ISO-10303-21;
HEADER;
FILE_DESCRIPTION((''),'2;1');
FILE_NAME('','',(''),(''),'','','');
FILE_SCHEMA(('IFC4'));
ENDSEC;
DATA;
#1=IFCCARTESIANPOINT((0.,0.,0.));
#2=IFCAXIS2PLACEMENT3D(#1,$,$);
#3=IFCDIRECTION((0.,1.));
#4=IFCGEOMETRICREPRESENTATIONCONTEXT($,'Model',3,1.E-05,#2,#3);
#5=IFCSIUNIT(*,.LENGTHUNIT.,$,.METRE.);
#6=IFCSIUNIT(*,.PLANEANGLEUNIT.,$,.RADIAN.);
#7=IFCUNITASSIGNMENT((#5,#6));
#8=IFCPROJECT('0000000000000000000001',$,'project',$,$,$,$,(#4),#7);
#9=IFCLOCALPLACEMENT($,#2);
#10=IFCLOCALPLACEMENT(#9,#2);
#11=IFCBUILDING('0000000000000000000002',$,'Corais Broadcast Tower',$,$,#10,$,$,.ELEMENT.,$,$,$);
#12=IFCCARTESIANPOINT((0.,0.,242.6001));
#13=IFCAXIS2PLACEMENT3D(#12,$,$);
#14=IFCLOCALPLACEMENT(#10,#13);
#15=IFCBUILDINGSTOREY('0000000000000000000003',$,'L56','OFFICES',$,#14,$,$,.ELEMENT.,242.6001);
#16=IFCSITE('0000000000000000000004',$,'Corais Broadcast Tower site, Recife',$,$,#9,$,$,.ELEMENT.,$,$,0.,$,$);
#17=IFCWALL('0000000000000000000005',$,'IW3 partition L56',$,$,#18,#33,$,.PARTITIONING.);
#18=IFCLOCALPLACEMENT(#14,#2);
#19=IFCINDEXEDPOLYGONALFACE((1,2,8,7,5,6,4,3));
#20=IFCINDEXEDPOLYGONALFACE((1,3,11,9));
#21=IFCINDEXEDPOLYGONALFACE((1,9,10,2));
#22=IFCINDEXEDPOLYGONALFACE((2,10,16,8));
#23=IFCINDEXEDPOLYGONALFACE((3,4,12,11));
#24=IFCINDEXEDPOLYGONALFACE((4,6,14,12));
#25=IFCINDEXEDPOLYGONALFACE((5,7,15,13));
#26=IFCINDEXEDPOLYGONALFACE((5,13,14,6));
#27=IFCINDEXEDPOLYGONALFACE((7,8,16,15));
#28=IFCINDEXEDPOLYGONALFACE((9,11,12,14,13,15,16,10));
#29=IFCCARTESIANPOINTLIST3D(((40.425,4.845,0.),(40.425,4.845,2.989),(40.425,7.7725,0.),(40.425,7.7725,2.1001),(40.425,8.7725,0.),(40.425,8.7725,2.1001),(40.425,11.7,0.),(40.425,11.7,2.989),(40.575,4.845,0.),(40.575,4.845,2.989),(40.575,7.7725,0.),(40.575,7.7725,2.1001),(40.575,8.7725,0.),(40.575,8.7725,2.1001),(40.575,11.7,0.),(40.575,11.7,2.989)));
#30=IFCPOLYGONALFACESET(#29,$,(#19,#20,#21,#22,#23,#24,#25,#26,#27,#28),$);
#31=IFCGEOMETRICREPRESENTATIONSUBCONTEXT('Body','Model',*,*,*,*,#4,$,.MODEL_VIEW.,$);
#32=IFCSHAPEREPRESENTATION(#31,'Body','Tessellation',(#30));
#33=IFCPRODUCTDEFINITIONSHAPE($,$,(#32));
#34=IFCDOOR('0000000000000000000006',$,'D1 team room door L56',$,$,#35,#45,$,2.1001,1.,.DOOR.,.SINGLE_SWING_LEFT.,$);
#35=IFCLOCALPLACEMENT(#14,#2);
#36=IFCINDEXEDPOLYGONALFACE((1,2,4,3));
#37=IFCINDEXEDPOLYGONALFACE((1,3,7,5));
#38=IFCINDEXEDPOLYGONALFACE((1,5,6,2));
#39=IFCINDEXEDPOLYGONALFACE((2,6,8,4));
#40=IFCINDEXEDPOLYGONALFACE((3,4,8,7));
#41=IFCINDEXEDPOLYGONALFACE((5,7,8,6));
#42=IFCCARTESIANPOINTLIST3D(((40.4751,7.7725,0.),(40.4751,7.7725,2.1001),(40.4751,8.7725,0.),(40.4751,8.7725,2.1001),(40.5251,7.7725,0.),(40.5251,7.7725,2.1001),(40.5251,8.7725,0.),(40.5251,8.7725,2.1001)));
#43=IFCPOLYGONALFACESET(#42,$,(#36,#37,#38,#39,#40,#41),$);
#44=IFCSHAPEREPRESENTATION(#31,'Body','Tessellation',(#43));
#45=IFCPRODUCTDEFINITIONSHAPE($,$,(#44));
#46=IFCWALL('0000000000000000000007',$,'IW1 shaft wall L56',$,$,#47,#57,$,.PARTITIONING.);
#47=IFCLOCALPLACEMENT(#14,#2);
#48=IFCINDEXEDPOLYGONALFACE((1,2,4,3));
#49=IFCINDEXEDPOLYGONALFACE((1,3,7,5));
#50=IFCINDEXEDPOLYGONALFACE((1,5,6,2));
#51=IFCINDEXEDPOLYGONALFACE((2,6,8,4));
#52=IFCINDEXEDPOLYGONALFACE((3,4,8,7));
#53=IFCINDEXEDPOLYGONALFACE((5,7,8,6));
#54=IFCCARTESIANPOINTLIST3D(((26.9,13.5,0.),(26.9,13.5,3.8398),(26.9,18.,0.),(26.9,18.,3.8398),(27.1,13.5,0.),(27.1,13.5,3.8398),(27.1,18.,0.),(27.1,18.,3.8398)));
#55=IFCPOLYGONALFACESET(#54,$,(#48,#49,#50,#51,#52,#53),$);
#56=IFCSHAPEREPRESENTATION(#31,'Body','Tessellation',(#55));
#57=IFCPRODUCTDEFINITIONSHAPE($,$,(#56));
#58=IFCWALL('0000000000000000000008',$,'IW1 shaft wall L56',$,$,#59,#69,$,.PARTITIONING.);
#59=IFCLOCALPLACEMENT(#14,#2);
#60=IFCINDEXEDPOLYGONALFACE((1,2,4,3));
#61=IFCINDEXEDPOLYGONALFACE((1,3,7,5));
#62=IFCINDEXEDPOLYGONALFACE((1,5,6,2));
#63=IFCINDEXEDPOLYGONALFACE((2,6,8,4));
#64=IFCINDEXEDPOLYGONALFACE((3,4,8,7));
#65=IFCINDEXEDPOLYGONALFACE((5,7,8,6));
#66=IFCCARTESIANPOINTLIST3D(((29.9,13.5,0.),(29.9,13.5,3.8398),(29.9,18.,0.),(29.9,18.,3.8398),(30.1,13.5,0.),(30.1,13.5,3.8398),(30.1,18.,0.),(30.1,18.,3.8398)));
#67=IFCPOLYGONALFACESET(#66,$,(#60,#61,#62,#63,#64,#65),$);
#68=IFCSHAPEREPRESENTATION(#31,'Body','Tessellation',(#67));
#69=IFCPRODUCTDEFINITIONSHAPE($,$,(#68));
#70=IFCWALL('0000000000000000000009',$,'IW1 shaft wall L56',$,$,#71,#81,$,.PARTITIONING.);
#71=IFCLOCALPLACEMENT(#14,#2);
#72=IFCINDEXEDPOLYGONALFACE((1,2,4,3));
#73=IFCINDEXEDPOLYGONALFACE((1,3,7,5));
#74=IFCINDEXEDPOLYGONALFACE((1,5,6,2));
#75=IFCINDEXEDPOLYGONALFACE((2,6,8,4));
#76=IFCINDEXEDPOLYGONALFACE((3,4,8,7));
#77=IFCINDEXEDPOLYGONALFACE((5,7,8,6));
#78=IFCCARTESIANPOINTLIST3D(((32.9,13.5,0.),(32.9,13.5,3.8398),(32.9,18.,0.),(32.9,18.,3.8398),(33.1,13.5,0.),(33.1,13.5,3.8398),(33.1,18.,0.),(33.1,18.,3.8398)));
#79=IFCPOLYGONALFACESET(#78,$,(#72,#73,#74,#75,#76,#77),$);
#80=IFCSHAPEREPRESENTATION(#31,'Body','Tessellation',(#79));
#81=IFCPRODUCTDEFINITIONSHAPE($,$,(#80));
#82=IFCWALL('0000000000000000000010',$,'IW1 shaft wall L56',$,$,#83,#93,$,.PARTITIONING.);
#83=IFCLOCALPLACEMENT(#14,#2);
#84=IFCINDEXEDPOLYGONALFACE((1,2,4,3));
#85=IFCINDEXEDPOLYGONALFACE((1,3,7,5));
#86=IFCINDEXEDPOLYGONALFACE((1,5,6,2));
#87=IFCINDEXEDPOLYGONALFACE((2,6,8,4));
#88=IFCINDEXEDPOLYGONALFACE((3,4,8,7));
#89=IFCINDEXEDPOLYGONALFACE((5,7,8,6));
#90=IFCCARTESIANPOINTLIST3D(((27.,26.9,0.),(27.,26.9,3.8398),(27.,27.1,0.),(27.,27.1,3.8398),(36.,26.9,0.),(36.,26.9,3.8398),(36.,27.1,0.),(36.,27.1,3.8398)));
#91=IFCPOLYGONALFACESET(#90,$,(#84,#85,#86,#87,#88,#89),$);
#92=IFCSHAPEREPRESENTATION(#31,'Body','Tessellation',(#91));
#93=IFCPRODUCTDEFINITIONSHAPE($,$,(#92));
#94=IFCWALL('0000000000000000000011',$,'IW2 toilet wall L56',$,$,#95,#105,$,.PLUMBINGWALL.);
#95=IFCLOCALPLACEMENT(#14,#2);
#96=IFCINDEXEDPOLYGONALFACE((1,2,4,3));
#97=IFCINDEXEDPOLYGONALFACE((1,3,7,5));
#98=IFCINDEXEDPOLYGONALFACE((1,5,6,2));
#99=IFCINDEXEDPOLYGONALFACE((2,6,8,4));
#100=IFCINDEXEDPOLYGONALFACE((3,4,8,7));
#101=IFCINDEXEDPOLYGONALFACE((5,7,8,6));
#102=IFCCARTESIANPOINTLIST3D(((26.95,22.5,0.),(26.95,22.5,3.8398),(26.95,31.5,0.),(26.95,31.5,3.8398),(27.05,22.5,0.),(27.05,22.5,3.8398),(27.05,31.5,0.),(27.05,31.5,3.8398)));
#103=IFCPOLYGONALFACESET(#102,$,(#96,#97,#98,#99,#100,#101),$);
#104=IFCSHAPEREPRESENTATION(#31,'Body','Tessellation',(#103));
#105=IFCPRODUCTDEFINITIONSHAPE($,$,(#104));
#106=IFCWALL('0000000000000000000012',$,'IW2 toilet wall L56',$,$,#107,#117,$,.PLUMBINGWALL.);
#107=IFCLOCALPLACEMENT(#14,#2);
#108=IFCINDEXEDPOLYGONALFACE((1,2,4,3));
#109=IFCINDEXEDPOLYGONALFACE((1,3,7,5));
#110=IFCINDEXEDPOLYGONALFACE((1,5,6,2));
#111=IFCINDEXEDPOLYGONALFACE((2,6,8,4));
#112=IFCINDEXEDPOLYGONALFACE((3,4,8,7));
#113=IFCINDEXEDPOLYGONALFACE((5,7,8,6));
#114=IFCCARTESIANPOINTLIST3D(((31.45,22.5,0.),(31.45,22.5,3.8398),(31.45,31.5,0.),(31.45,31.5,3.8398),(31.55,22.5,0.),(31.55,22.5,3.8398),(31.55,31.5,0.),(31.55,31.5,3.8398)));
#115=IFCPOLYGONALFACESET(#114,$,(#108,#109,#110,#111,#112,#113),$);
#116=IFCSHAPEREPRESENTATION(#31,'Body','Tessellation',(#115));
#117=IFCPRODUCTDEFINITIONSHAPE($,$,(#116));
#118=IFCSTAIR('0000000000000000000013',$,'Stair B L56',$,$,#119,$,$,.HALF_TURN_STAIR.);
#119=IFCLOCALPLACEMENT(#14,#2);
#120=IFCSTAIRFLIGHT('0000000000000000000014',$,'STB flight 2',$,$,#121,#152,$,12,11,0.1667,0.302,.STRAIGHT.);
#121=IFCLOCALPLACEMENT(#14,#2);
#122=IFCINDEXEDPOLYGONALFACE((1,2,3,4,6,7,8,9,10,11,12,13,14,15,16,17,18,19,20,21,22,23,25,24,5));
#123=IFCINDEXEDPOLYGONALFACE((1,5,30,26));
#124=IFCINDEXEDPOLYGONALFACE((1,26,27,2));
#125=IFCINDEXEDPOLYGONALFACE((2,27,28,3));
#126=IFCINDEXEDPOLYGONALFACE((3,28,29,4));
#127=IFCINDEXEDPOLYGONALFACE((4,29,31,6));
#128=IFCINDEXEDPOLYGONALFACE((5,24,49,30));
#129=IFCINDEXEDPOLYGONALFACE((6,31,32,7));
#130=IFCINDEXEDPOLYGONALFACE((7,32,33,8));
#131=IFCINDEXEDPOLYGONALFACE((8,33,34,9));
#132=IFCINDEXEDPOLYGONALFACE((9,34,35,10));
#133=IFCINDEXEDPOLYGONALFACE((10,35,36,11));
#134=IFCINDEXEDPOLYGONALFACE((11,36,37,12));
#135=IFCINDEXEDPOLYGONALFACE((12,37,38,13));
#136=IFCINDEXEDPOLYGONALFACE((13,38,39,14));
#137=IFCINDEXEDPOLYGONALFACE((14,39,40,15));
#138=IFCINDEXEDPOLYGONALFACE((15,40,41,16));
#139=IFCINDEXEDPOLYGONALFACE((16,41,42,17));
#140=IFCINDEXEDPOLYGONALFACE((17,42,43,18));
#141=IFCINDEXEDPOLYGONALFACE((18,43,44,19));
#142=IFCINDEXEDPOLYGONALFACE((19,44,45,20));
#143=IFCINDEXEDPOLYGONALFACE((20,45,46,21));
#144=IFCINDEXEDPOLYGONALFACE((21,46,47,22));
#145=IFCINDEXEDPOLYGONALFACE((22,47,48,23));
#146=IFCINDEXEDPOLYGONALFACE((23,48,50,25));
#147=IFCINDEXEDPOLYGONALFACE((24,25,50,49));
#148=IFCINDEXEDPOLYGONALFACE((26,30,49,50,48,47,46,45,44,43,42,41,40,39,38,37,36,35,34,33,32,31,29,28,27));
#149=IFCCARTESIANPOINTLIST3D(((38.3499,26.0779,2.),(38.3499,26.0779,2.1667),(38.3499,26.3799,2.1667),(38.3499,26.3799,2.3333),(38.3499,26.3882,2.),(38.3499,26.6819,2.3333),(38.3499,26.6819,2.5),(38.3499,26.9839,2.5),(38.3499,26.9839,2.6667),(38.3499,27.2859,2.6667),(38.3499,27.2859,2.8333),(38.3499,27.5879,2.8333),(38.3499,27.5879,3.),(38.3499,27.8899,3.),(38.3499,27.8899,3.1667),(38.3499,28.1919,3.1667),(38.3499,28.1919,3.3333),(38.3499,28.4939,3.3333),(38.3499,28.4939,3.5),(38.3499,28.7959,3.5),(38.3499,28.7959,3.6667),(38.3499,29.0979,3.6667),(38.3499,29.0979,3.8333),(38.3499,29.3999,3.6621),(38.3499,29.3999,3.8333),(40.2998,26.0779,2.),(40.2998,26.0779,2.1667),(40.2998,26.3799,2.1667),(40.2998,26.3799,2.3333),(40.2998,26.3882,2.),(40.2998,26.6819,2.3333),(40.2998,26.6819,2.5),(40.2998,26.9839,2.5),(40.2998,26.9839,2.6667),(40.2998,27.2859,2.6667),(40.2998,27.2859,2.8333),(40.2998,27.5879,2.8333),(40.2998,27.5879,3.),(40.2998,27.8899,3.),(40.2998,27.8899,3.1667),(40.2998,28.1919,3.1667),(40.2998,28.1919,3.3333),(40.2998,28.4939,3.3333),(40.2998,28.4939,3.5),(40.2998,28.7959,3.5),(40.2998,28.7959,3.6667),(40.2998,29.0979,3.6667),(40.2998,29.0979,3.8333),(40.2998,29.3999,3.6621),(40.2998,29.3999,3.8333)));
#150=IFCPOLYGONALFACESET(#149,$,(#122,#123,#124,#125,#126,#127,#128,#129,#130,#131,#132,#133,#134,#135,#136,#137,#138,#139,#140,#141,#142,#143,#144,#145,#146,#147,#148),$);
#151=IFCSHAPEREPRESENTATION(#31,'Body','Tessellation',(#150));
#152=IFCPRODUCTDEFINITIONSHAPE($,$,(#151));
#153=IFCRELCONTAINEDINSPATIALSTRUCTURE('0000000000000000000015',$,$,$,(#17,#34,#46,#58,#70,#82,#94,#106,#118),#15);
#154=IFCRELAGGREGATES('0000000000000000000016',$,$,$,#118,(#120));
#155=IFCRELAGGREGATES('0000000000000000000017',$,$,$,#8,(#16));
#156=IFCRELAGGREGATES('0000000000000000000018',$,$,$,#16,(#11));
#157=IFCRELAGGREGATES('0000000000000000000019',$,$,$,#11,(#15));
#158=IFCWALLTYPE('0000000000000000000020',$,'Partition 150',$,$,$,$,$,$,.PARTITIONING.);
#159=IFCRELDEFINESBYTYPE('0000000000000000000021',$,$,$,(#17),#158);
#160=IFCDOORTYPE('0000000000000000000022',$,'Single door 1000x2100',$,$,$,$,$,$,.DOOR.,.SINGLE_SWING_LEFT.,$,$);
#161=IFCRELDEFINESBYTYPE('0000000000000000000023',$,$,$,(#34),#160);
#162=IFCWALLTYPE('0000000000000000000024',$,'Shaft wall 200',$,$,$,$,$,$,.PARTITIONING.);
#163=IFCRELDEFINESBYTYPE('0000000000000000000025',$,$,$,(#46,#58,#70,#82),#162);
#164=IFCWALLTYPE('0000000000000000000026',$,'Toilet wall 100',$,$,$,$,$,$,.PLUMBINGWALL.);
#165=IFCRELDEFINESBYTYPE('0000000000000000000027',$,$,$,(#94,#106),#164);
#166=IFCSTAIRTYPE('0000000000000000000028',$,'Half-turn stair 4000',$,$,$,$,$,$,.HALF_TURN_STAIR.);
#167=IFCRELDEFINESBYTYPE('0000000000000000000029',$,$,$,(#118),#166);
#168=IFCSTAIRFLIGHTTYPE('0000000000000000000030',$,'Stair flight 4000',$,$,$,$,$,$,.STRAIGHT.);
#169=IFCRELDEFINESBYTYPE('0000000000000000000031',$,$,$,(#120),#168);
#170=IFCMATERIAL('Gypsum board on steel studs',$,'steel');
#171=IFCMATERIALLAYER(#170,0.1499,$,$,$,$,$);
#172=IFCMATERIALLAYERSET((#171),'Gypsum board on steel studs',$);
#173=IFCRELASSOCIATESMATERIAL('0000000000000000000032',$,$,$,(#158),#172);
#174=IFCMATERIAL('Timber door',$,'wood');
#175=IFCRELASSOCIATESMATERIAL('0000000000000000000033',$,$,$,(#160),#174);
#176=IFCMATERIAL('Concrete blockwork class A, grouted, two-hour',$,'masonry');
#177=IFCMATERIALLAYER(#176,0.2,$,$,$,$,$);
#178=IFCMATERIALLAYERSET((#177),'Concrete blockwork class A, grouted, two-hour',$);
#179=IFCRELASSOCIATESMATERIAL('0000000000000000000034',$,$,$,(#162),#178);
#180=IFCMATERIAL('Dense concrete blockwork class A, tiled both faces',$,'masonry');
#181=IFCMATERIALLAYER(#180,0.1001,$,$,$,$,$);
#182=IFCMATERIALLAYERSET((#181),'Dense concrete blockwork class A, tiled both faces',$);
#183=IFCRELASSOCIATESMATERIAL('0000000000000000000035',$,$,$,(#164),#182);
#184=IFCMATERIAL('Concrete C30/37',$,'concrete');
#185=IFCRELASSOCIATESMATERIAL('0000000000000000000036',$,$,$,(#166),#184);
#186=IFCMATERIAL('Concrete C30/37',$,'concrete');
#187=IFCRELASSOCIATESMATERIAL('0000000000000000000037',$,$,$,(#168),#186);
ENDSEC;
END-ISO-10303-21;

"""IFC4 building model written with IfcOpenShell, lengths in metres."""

from ifc_helpers import new_model, si_unit, direction, frame, frame_2d, origin, place, context, subcontext, project, spatial, polyline, rectangle, outline, extrude, material, layer, layer_set, type_object, element, fill, aggregate, save


model = new_model("IFC4")

# Units and contexts
model_context = context("Model", 3, precision=1e-05, world=origin(), true_north=direction((0.0, 1.0)))
body_context = subcontext(model_context, "Body", "Model", "MODEL_VIEW")
ifc_project = project(units=[si_unit("LENGTHUNIT", "METRE"), si_unit("PLANEANGLEUNIT", "RADIAN")], contexts=[model_context])

# Site, building, storey
site_placement = place(None, origin())
site = spatial("IfcSite", under=ifc_project, at=site_placement, Name="Corais Broadcast Tower site, Recife", CompositionType="ELEMENT", RefElevation=0.0)
building_placement = place(site_placement, origin())
building = spatial("IfcBuilding", under=site, at=building_placement, Name="Corais Broadcast Tower", CompositionType="ELEMENT")
storey_placement = place(building_placement, frame((0.0, 0.0, 242.6001)))
storey = spatial("IfcBuildingStorey", under=building, at=storey_placement, Name="L56", Description="OFFICES", CompositionType="ELEMENT", Elevation=242.6001)

# Shared definitions
ifc_material_1 = material(Name="Gypsum board on steel studs", Category="steel")
ifc_layer_1 = layer(ifc_material_1, 0.1499)
ifc_layer_set_1 = layer_set([ifc_layer_1], Name="Gypsum board on steel studs")
wall_type_1 = type_object("IfcWallType", Name="Partition 150", PredefinedType="PARTITIONING", material=ifc_layer_set_1)
ifc_material_2 = material(Name="Timber door", Category="wood")
door_type_1 = type_object("IfcDoorType", Name="Single door 1000x2100", OperationType="SINGLE_SWING_LEFT", PredefinedType="DOOR", material=ifc_material_2)

# Wall, opening, door
wall_1_placement = place(storey_placement, frame((40.5, 4.845, 0.0), z_axis=(0.0, 0.0, 1.0), x_axis=(0.0, 1.0, 0.0)))
wall_1 = element("IfcWall", 1, at=wall_1_placement, inside=storey, type_object=wall_type_1, Name="IW3 partition L56", PredefinedType="PARTITIONING", context=body_context, shape_type="SweptSolid", body=[
    extrude(rectangle(XDim=6.855, YDim=0.1499, at=frame_2d((3.4275, 0.0))), origin(), (0.0, 0.0, 1.0), 2.989),
])
opening_1_placement = place(wall_1_placement, frame((2.9275, 0.0, 0.0)))
opening_1 = element("IfcOpeningElement", 2, at=opening_1_placement, cuts=wall_1, PredefinedType="OPENING", context=body_context, shape_type="SweptSolid", body=[
    extrude(rectangle(XDim=1.0, YDim=2.1001, at=frame_2d((0.5, 1.05))), frame((0.0, 0.085, 0.0), z_axis=(0.0, -1.0, 0.0), x_axis=(1.0, 0.0, 0.0)), (0.0, 0.0, 1.0), 0.1699),
])
door_1_placement = place(opening_1_placement, origin())
door_1 = element("IfcDoor", 3, at=door_1_placement, inside=storey, type_object=door_type_1, Name="D1 team room door L56", OperationType="SINGLE_SWING_LEFT", OverallHeight=2.1001, OverallWidth=1.0, PredefinedType="DOOR", context=body_context, shape_type="SweptSolid", body=[
    extrude(rectangle(XDim=1.0, YDim=2.1001, at=frame_2d((0.5, 1.05))), frame((0.0, 0.0249, 0.0), z_axis=(0.0, -1.0, 0.0), x_axis=(1.0, 0.0, 0.0)), (0.0, 0.0, 1.0), 0.05),
])
fill(opening_1, door_1)

# Walls
ifc_material_3 = material(Name="Concrete blockwork class A, grouted, two-hour", Category="masonry")
ifc_layer_2 = layer(ifc_material_3, 0.2)
ifc_layer_set_2 = layer_set([ifc_layer_2], Name="Concrete blockwork class A, grouted, two-hour")
wall_type_2 = type_object("IfcWallType", Name="Shaft wall 200", PredefinedType="PARTITIONING", material=ifc_layer_set_2)
for number, where, z_axis, x_axis, name in (
    (4, (27.0, 13.5, 0.0), (0.0, 0.0, 1.0), (0.0, 1.0, 0.0), "IW1 shaft wall L56"),
    (5, (30.0, 13.5, 0.0), (0.0, 0.0, 1.0), (0.0, 1.0, 0.0), "IW1 shaft wall L56"),
    (6, (33.0, 13.5, 0.0), (0.0, 0.0, 1.0), (0.0, 1.0, 0.0), "IW1 shaft wall L56"),
):
    element("IfcWall", number, at=place(storey_placement, frame(where, z_axis=z_axis, x_axis=x_axis)), inside=storey, type_object=wall_type_2, Name=name, PredefinedType="PARTITIONING", context=body_context, shape_type="SweptSolid", body=[
        extrude(rectangle(XDim=4.5, YDim=0.2, at=frame_2d((2.25, 0.0))), origin(), (0.0, 0.0, 1.0), 3.8398),
    ])
wall_2_placement = place(storey_placement, frame((27.0, 27.0, 0.0), z_axis=(0.0, 0.0, 1.0), x_axis=(1.0, 0.0, 0.0)))
element("IfcWall", 7, at=wall_2_placement, inside=storey, type_object=wall_type_2, Name="IW1 shaft wall L56", PredefinedType="PARTITIONING", context=body_context, shape_type="SweptSolid", body=[
    extrude(rectangle(XDim=9.0, YDim=0.2, at=frame_2d((4.5, 0.0))), origin(), (0.0, 0.0, 1.0), 3.8398),
])
ifc_material_4 = material(Name="Dense concrete blockwork class A, tiled both faces", Category="masonry")
ifc_layer_3 = layer(ifc_material_4, 0.1001)
ifc_layer_set_3 = layer_set([ifc_layer_3], Name="Dense concrete blockwork class A, tiled both faces")
wall_type_3 = type_object("IfcWallType", Name="Toilet wall 100", PredefinedType="PLUMBINGWALL", material=ifc_layer_set_3)
for number, where, z_axis, x_axis, name in (
    (8, (27.0, 22.5, 0.0), (0.0, 0.0, 1.0), (0.0, 1.0, 0.0), "IW2 toilet wall L56"),
    (9, (31.5, 22.5, 0.0), (0.0, 0.0, 1.0), (0.0, 1.0, 0.0), "IW2 toilet wall L56"),
):
    element("IfcWall", number, at=place(storey_placement, frame(where, z_axis=z_axis, x_axis=x_axis)), inside=storey, type_object=wall_type_3, Name=name, PredefinedType="PLUMBINGWALL", context=body_context, shape_type="SweptSolid", body=[
        extrude(rectangle(XDim=9.0, YDim=0.1001, at=frame_2d((4.5, 0.0))), origin(), (0.0, 0.0, 1.0), 3.8398),
    ])

# Stair, stair flight
ifc_material_5 = material(Name="Concrete C30/37", Category="concrete")
stair_type = type_object("IfcStairType", Name="Half-turn stair 4000", PredefinedType="HALF_TURN_STAIR", material=ifc_material_5)
stair_placement = place(storey_placement, origin())
stair = element("IfcStair", 10, at=stair_placement, inside=storey, type_object=stair_type, Name="Stair B L56", PredefinedType="HALF_TURN_STAIR")
ifc_material_6 = material(Name="Concrete C30/37", Category="concrete")
stair_flight_type = type_object("IfcStairFlightType", Name="Stair flight 4000", PredefinedType="STRAIGHT", material=ifc_material_6)
stair_flight_placement = place(storey_placement, frame((39.325, 26.0779, 2.0), z_axis=(0.0, 0.0, 1.0), x_axis=(0.0, 1.0, 0.0)))
stair_flight = element("IfcStairFlight", 11, at=stair_flight_placement, type_object=stair_flight_type, Name="STB flight 2", NumberOfRisers=12, NumberOfTreads=11, PredefinedType="STRAIGHT", RiserHeight=0.1667, TreadLength=0.302, context=body_context, shape_type="SweptSolid", body=[
    extrude(outline(polyline([(0.0, 0.0), (0.0, 0.1667), (0.302, 0.1667), (0.302, 0.3333), (0.604, 0.3333), (0.604, 0.5), (0.906, 0.5), (0.906, 0.6667), (1.208, 0.6667), (1.208, 0.8333), (1.51, 0.8333), (1.51, 1.0), (1.812, 1.0), (1.812, 1.1667), (2.114, 1.1667), (2.114, 1.3333), (2.416, 1.3333), (2.416, 1.5), (2.718, 1.5), (2.718, 1.6667), (3.02, 1.6667), (3.02, 1.8333), (3.322, 1.8333), (3.322, 2.0), (3.322, 1.6621), (0.3103, 0.0), (0.0, 0.0)])), frame((0.0, 0.9751, 0.0), z_axis=(0.0, -1.0, 0.0), x_axis=(1.0, 0.0, 0.0)), (0.0, 0.0, 1.0), 1.95),
])
aggregate(stair, [stair_flight])

save(model, "model.ifc")
